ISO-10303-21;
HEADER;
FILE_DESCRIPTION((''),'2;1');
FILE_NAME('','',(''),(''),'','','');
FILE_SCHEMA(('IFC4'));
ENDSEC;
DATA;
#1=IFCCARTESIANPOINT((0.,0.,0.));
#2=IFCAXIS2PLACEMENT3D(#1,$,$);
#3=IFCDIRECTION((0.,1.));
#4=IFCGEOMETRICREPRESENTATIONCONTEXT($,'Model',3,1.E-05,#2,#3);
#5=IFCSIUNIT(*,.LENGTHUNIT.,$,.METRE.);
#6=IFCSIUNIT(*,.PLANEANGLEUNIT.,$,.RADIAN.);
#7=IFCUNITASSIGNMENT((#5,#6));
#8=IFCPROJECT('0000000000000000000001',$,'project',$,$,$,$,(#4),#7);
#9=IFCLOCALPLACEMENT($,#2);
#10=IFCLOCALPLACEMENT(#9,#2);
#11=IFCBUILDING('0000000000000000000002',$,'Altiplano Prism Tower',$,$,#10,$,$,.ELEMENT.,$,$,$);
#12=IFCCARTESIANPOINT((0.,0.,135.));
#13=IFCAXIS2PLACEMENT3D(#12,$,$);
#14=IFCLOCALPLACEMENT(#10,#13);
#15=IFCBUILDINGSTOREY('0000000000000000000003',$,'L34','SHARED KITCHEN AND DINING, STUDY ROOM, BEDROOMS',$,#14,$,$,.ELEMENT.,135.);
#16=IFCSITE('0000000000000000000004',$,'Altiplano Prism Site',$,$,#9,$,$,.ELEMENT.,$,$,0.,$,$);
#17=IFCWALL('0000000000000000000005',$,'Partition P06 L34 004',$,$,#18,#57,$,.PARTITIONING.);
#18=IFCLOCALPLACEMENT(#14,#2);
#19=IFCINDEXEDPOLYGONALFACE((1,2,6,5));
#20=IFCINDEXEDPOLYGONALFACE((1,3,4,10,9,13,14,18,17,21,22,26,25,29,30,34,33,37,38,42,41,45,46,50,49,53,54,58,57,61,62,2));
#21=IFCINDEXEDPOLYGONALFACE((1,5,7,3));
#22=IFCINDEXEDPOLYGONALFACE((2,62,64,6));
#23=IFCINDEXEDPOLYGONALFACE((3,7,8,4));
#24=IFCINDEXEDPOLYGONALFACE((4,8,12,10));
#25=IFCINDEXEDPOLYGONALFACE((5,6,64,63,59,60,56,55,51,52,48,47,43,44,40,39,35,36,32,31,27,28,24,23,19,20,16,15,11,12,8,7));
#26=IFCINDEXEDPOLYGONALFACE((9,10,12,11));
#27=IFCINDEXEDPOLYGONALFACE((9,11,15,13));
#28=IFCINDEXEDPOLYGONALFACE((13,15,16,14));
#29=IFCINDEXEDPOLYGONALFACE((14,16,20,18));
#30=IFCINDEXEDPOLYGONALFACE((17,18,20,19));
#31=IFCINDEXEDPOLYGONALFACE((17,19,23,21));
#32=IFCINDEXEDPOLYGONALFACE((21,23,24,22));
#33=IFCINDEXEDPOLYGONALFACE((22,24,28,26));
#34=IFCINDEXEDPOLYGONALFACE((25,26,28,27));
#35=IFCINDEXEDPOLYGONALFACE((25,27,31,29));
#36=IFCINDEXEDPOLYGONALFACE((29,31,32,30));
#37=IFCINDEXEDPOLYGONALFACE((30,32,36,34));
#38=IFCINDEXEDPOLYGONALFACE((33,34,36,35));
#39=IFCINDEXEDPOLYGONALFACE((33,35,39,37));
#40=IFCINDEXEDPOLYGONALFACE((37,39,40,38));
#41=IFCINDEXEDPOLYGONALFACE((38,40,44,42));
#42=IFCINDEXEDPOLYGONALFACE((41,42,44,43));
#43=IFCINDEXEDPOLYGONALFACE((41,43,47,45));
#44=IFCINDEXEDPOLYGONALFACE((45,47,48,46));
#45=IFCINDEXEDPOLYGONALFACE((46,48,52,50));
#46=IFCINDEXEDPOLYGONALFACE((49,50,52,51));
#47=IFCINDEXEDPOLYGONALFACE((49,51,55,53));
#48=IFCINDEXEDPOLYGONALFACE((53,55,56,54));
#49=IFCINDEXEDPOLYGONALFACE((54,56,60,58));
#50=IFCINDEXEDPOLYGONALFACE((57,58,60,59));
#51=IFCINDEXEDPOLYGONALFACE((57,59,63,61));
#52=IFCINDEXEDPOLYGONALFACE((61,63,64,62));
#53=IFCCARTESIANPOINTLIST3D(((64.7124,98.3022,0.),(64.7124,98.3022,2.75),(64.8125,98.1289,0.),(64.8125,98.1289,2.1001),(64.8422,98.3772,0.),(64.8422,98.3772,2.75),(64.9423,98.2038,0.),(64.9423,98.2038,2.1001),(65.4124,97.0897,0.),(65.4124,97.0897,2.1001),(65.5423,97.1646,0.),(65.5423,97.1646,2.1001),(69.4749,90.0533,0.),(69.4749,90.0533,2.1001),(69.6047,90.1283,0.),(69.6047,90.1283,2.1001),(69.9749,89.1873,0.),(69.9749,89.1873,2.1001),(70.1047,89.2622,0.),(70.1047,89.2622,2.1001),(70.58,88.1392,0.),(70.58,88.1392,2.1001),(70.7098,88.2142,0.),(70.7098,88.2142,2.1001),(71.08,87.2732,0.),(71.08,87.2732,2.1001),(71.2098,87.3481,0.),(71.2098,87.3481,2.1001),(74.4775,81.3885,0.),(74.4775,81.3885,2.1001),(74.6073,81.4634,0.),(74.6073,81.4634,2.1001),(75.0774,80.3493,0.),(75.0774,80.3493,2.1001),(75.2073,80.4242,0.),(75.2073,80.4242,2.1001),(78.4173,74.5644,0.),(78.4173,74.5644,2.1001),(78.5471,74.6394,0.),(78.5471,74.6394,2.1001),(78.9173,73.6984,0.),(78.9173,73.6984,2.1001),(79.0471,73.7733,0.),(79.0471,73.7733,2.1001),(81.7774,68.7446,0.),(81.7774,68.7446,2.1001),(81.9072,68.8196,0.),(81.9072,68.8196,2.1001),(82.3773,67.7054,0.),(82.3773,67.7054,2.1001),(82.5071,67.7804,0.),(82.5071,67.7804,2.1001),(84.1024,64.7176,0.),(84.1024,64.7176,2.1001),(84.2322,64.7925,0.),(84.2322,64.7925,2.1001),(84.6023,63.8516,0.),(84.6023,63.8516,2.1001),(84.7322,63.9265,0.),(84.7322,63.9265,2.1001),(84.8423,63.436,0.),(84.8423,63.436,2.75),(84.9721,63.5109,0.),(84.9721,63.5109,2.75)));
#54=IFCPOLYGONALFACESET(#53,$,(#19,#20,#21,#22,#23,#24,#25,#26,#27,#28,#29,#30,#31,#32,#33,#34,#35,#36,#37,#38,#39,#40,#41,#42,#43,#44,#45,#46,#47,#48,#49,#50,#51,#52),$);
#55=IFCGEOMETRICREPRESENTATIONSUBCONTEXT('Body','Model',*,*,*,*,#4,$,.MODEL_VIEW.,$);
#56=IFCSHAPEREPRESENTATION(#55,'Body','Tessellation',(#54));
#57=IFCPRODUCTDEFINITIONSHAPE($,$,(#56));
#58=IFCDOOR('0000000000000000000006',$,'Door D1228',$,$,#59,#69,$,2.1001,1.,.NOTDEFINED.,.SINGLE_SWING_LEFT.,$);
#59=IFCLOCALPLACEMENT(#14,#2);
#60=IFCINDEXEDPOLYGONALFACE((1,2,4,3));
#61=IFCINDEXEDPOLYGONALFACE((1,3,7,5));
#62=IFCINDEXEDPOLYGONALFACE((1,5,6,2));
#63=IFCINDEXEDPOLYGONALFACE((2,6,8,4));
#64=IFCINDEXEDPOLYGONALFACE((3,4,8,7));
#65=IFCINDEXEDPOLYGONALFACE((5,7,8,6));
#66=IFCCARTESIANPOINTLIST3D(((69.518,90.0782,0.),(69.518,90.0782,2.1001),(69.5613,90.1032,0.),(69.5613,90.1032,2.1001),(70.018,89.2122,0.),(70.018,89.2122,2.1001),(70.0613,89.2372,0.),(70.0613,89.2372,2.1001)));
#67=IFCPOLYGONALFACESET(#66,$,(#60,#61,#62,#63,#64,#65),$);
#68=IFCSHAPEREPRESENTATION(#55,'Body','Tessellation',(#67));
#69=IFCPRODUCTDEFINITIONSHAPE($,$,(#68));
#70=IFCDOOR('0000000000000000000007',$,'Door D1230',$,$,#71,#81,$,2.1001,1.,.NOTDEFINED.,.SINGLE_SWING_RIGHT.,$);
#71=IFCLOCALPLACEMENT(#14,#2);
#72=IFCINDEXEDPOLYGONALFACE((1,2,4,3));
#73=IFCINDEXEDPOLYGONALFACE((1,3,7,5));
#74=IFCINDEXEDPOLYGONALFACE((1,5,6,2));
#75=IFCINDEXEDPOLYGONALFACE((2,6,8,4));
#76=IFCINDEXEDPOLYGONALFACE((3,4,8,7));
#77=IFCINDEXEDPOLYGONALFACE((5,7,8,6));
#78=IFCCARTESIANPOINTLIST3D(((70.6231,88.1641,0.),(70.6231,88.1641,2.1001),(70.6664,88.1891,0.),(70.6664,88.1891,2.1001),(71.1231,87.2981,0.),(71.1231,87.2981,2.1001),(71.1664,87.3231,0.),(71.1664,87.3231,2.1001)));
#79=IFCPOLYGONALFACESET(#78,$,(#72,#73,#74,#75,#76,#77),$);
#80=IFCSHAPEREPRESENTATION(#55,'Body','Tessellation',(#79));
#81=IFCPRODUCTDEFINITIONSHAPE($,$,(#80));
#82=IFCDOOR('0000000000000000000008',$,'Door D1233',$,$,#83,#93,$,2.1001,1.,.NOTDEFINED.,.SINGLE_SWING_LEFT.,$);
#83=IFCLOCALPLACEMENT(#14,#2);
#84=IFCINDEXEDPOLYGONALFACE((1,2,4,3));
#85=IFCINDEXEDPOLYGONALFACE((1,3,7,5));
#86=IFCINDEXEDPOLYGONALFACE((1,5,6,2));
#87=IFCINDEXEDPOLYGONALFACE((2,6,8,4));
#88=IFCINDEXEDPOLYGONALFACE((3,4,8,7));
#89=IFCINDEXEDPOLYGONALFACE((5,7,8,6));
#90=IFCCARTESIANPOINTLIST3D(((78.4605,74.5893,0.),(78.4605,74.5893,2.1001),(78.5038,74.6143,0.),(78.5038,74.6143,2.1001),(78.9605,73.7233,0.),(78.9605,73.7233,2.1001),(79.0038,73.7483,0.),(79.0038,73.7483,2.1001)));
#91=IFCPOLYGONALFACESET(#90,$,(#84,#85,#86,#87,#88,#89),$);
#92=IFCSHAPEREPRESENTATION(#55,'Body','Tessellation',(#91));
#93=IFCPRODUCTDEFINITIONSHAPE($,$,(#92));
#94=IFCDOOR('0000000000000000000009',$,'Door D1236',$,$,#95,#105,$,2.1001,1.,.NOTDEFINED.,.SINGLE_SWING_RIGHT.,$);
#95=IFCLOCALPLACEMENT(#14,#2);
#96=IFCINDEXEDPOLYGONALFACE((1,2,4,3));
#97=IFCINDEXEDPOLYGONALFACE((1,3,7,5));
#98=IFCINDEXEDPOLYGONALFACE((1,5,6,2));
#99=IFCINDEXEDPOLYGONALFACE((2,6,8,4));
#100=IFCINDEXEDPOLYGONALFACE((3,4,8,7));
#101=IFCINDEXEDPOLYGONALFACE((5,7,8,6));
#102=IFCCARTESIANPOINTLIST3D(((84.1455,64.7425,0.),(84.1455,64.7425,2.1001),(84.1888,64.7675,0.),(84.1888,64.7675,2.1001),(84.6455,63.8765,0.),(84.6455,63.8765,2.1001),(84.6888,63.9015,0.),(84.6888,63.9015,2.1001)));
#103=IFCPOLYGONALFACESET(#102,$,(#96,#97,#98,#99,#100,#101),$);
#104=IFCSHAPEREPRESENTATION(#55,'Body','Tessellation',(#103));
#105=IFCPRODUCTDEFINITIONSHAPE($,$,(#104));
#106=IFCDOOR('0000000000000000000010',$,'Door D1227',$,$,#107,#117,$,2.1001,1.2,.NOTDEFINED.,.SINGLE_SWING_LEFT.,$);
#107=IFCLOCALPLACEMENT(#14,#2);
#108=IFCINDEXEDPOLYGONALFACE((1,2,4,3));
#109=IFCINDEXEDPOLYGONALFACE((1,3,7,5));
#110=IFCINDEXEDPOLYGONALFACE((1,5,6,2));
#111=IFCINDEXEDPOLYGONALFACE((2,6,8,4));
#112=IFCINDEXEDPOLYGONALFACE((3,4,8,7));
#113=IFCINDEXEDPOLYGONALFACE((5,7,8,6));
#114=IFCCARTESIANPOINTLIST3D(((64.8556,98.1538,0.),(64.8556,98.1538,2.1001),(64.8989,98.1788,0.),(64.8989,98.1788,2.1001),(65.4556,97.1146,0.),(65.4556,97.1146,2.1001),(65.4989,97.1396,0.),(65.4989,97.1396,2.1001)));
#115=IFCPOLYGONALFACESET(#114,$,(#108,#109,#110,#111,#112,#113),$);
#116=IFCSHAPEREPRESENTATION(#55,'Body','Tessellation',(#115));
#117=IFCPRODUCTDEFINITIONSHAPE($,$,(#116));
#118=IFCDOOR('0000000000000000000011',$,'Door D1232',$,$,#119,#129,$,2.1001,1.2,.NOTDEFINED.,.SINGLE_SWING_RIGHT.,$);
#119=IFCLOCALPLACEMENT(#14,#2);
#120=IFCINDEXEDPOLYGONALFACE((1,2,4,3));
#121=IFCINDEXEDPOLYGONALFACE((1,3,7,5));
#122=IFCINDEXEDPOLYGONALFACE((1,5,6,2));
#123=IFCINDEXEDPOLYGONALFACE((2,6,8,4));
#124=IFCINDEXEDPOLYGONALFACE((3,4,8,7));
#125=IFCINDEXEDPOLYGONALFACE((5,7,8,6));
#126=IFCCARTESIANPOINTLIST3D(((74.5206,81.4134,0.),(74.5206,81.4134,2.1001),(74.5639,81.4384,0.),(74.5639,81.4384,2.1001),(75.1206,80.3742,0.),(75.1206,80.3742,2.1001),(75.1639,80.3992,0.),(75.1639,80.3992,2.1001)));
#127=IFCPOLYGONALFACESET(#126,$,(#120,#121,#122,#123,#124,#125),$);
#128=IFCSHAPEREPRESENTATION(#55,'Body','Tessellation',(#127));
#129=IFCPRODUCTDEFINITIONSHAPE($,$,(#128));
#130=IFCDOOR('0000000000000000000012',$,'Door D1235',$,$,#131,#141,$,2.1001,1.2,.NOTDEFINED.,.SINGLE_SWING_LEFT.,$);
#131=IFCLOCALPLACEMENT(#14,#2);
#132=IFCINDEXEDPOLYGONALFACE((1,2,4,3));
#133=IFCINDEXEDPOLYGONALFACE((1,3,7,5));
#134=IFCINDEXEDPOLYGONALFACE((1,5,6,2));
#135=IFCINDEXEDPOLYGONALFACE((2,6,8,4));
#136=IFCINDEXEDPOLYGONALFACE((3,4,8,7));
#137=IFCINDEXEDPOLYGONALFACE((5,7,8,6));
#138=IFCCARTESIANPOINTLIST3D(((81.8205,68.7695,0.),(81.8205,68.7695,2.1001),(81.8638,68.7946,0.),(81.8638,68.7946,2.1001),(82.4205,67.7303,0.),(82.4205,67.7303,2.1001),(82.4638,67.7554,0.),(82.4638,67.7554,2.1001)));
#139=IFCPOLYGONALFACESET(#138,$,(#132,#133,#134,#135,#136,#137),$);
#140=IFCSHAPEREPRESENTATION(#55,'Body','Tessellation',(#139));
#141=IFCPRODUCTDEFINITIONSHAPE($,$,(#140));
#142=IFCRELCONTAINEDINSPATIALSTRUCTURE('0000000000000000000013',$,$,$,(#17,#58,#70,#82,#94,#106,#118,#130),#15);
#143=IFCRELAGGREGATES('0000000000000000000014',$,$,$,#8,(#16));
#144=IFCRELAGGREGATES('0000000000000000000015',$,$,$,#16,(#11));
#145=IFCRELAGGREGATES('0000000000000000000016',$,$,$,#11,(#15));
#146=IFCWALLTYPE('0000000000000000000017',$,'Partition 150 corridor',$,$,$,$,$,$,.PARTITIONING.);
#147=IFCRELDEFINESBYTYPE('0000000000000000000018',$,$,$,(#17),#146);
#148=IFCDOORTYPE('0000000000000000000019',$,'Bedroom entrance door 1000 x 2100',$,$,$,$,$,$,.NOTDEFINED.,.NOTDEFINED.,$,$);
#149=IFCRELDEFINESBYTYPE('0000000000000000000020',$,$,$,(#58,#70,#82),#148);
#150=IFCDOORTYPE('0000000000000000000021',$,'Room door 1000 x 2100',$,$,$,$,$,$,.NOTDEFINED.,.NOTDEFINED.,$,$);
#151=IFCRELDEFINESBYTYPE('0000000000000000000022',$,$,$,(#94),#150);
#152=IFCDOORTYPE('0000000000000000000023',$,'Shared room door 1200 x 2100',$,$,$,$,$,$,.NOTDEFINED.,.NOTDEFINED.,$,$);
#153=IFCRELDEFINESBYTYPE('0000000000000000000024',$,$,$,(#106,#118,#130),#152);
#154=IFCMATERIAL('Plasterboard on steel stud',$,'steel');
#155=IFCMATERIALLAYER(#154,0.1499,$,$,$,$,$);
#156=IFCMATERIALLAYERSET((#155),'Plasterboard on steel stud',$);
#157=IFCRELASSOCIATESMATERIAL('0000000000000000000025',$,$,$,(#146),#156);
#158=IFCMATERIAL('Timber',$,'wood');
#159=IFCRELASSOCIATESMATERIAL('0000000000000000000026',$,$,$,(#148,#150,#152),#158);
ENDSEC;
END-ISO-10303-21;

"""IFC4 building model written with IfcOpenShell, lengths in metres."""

from ifc_helpers import new_model, si_unit, direction, frame, frame_2d, origin, place, context, subcontext, project, spatial, rectangle, extrude, material, layer, layer_set, type_object, element, fill, save


model = new_model("IFC4")

# Units and contexts
model_context = context("Model", 3, precision=1e-05, world=origin(), true_north=direction((0.0, 1.0)))
body_context = subcontext(model_context, "Body", "Model", "MODEL_VIEW")
ifc_project = project(units=[si_unit("LENGTHUNIT", "METRE"), si_unit("PLANEANGLEUNIT", "RADIAN")], contexts=[model_context])

# Site, building, storey
site_placement = place(None, origin())
site = spatial("IfcSite", under=ifc_project, at=site_placement, Name="Altiplano Prism Site", CompositionType="ELEMENT", RefElevation=0.0)
building_placement = place(site_placement, origin())
building = spatial("IfcBuilding", under=site, at=building_placement, Name="Altiplano Prism Tower", CompositionType="ELEMENT")
storey_placement = place(building_placement, frame((0.0, 0.0, 135.0)))
storey = spatial("IfcBuildingStorey", under=building, at=storey_placement, Name="L34", Description="SHARED KITCHEN AND DINING, STUDY ROOM, BEDROOMS", CompositionType="ELEMENT", Elevation=135.0)

# Shared definitions
ifc_material_1 = material(Name="Plasterboard on steel stud", Category="steel")
ifc_layer_1 = layer(ifc_material_1, 0.1499)
ifc_layer_set_1 = layer_set([ifc_layer_1], Name="Plasterboard on steel stud")
wall_type_1 = type_object("IfcWallType", Name="Partition 150 corridor", PredefinedType="PARTITIONING", material=ifc_layer_set_1)

# Wall, openings, doors
wall_1_placement = place(storey_placement, frame((64.7773, 98.3396, 0.0), z_axis=(0.0, 0.0, 1.0), x_axis=(0.499998, -0.866027, 0.0)))
wall_1 = element("IfcWall", 1, at=wall_1_placement, inside=storey, type_object=wall_type_1, Name="Partition P06 L34 004", PredefinedType="PARTITIONING", context=body_context, shape_type="SweptSolid", body=[
    extrude(rectangle(XDim=40.26, YDim=0.1499, at=frame_2d((20.1299, 0.0))), origin(), (0.0, 0.0, 1.0), 2.75),
])
opening_1_placement = place(wall_1_placement, frame((0.2, 0.0, 0.0)))
opening_1 = element("IfcOpeningElement", 2, at=opening_1_placement, cuts=wall_1, PredefinedType="OPENING", context=body_context, shape_type="SweptSolid", body=[
    extrude(rectangle(XDim=1.2, YDim=2.1001, at=frame_2d((0.6001, 1.05))), frame((0.0, 0.0854, 0.0), z_axis=(0.0, -1.0, 0.0), x_axis=(1.0, 0.0, 0.0)), (0.0, 0.0, 1.0), 0.1709),
])
opening_2_placement = place(wall_1_placement, frame((9.5249, 0.0, 0.0)))
opening_2 = element("IfcOpeningElement", 3, at=opening_2_placement, cuts=wall_1, PredefinedType="OPENING", context=body_context, shape_type="SweptSolid", body=[
    extrude(rectangle(XDim=1.0, YDim=2.1001, at=frame_2d((0.5, 1.05))), frame((0.0, 0.0854, 0.0), z_axis=(0.0, -1.0, 0.0), x_axis=(1.0, 0.0, 0.0)), (0.0, 0.0, 1.0), 0.1709),
])
opening_3_placement = place(wall_1_placement, frame((11.7351, 0.0, 0.0)))
opening_3 = element("IfcOpeningElement", 4, at=opening_3_placement, cuts=wall_1, PredefinedType="OPENING", context=body_context, shape_type="SweptSolid", body=[
    extrude(rectangle(XDim=1.0, YDim=2.1001, at=frame_2d((0.5, 1.05))), frame((0.0, 0.0854, 0.0), z_axis=(0.0, -1.0, 0.0), x_axis=(1.0, 0.0, 0.0)), (0.0, 0.0, 1.0), 0.1709),
])
opening_4_placement = place(wall_1_placement, frame((19.53, 0.0, 0.0)))
opening_4 = element("IfcOpeningElement", 5, at=opening_4_placement, cuts=wall_1, PredefinedType="OPENING", context=body_context, shape_type="SweptSolid", body=[
    extrude(rectangle(XDim=1.2, YDim=2.1001, at=frame_2d((0.6001, 1.05))), frame((0.0, 0.0854, 0.0), z_axis=(0.0, -1.0, 0.0), x_axis=(1.0, 0.0, 0.0)), (0.0, 0.0, 1.0), 0.1709),
])
opening_5_placement = place(wall_1_placement, frame((27.4099, 0.0, 0.0)))
opening_5 = element("IfcOpeningElement", 6, at=opening_5_placement, cuts=wall_1, PredefinedType="OPENING", context=body_context, shape_type="SweptSolid", body=[
    extrude(rectangle(XDim=1.0, YDim=2.1001, at=frame_2d((0.5, 1.05))), frame((0.0, 0.0854, 0.0), z_axis=(0.0, -1.0, 0.0), x_axis=(1.0, 0.0, 0.0)), (0.0, 0.0, 1.0), 0.1709),
])
opening_6_placement = place(wall_1_placement, frame((34.1299, 0.0, 0.0)))
opening_6 = element("IfcOpeningElement", 7, at=opening_6_placement, cuts=wall_1, PredefinedType="OPENING", context=body_context, shape_type="SweptSolid", body=[
    extrude(rectangle(XDim=1.2, YDim=2.1001, at=frame_2d((0.6001, 1.05))), frame((0.0, 0.0854, 0.0), z_axis=(0.0, -1.0, 0.0), x_axis=(1.0, 0.0, 0.0)), (0.0, 0.0, 1.0), 0.1709),
])
opening_7_placement = place(wall_1_placement, frame((38.78, 0.0, 0.0)))
opening_7 = element("IfcOpeningElement", 8, at=opening_7_placement, cuts=wall_1, PredefinedType="OPENING", context=body_context, shape_type="SweptSolid", body=[
    extrude(rectangle(XDim=1.0, YDim=2.1001, at=frame_2d((0.5, 1.05))), frame((0.0, 0.0854, 0.0), z_axis=(0.0, -1.0, 0.0), x_axis=(1.0, 0.0, 0.0)), (0.0, 0.0, 1.0), 0.1709),
])
ifc_material_2 = material(Name="Timber", Category="wood")
door_type_1 = type_object("IfcDoorType", Name="Bedroom entrance door 1000 x 2100", OperationType="NOTDEFINED", PredefinedType="NOTDEFINED", material=ifc_material_2)
door_1_placement = place(opening_2_placement, origin())
door_1 = element("IfcDoor", 9, at=door_1_placement, inside=storey, type_object=door_type_1, Name="Door D1228", OperationType="SINGLE_SWING_LEFT", OverallHeight=2.1001, OverallWidth=1.0, PredefinedType="NOTDEFINED", context=body_context, shape_type="SweptSolid", body=[
    extrude(rectangle(XDim=1.0, YDim=2.1001, at=frame_2d((0.5, 1.05))), frame((0.0, 0.0249, 0.0), z_axis=(0.0, -1.0, 0.0), x_axis=(1.0, 0.0, 0.0)), (0.0, 0.0, 1.0), 0.05),
])
fill(opening_2, door_1)
door_2_placement = place(opening_3_placement, origin())
door_2 = element("IfcDoor", 10, at=door_2_placement, inside=storey, type_object=door_type_1, Name="Door D1230", OperationType="SINGLE_SWING_RIGHT", OverallHeight=2.1001, OverallWidth=1.0, PredefinedType="NOTDEFINED", context=body_context, shape_type="SweptSolid", body=[
    extrude(rectangle(XDim=1.0, YDim=2.1001, at=frame_2d((0.5, 1.05))), frame((0.0, 0.0249, 0.0), z_axis=(0.0, -1.0, 0.0), x_axis=(1.0, 0.0, 0.0)), (0.0, 0.0, 1.0), 0.05),
])
fill(opening_3, door_2)
door_3_placement = place(opening_5_placement, origin())
door_3 = element("IfcDoor", 11, at=door_3_placement, inside=storey, type_object=door_type_1, Name="Door D1233", OperationType="SINGLE_SWING_LEFT", OverallHeight=2.1001, OverallWidth=1.0, PredefinedType="NOTDEFINED", context=body_context, shape_type="SweptSolid", body=[
    extrude(rectangle(XDim=1.0, YDim=2.1001, at=frame_2d((0.5, 1.05))), frame((0.0, 0.0249, 0.0), z_axis=(0.0, -1.0, 0.0), x_axis=(1.0, 0.0, 0.0)), (0.0, 0.0, 1.0), 0.05),
])
fill(opening_5, door_3)
door_type_2 = type_object("IfcDoorType", Name="Room door 1000 x 2100", OperationType="NOTDEFINED", PredefinedType="NOTDEFINED", material=ifc_material_2)
door_4_placement = place(opening_7_placement, origin())
door_4 = element("IfcDoor", 12, at=door_4_placement, inside=storey, type_object=door_type_2, Name="Door D1236", OperationType="SINGLE_SWING_RIGHT", OverallHeight=2.1001, OverallWidth=1.0, PredefinedType="NOTDEFINED", context=body_context, shape_type="SweptSolid", body=[
    extrude(rectangle(XDim=1.0, YDim=2.1001, at=frame_2d((0.5, 1.05))), frame((0.0, 0.0249, 0.0), z_axis=(0.0, -1.0, 0.0), x_axis=(1.0, 0.0, 0.0)), (0.0, 0.0, 1.0), 0.05),
])
fill(opening_7, door_4)
door_type_3 = type_object("IfcDoorType", Name="Shared room door 1200 x 2100", OperationType="NOTDEFINED", PredefinedType="NOTDEFINED", material=ifc_material_2)
door_5_placement = place(opening_1_placement, origin())
door_5 = element("IfcDoor", 13, at=door_5_placement, inside=storey, type_object=door_type_3, Name="Door D1227", OperationType="SINGLE_SWING_LEFT", OverallHeight=2.1001, OverallWidth=1.2, PredefinedType="NOTDEFINED", context=body_context, shape_type="SweptSolid", body=[
    extrude(rectangle(XDim=1.2, YDim=2.1001, at=frame_2d((0.6001, 1.05))), frame((0.0, 0.0249, 0.0), z_axis=(0.0, -1.0, 0.0), x_axis=(1.0, 0.0, 0.0)), (0.0, 0.0, 1.0), 0.05),
])
fill(opening_1, door_5)
door_6_placement = place(opening_4_placement, origin())
door_6 = element("IfcDoor", 14, at=door_6_placement, inside=storey, type_object=door_type_3, Name="Door D1232", OperationType="SINGLE_SWING_RIGHT", OverallHeight=2.1001, OverallWidth=1.2, PredefinedType="NOTDEFINED", context=body_context, shape_type="SweptSolid", body=[
    extrude(rectangle(XDim=1.2, YDim=2.1001, at=frame_2d((0.6001, 1.05))), frame((0.0, 0.0249, 0.0), z_axis=(0.0, -1.0, 0.0), x_axis=(1.0, 0.0, 0.0)), (0.0, 0.0, 1.0), 0.05),
])
fill(opening_4, door_6)
door_7_placement = place(opening_6_placement, origin())
door_7 = element("IfcDoor", 15, at=door_7_placement, inside=storey, type_object=door_type_3, Name="Door D1235", OperationType="SINGLE_SWING_LEFT", OverallHeight=2.1001, OverallWidth=1.2, PredefinedType="NOTDEFINED", context=body_context, shape_type="SweptSolid", body=[
    extrude(rectangle(XDim=1.2, YDim=2.1001, at=frame_2d((0.6001, 1.05))), frame((0.0, 0.0249, 0.0), z_axis=(0.0, -1.0, 0.0), x_axis=(1.0, 0.0, 0.0)), (0.0, 0.0, 1.0), 0.05),
])
fill(opening_6, door_7)

save(model, "model.ifc")
